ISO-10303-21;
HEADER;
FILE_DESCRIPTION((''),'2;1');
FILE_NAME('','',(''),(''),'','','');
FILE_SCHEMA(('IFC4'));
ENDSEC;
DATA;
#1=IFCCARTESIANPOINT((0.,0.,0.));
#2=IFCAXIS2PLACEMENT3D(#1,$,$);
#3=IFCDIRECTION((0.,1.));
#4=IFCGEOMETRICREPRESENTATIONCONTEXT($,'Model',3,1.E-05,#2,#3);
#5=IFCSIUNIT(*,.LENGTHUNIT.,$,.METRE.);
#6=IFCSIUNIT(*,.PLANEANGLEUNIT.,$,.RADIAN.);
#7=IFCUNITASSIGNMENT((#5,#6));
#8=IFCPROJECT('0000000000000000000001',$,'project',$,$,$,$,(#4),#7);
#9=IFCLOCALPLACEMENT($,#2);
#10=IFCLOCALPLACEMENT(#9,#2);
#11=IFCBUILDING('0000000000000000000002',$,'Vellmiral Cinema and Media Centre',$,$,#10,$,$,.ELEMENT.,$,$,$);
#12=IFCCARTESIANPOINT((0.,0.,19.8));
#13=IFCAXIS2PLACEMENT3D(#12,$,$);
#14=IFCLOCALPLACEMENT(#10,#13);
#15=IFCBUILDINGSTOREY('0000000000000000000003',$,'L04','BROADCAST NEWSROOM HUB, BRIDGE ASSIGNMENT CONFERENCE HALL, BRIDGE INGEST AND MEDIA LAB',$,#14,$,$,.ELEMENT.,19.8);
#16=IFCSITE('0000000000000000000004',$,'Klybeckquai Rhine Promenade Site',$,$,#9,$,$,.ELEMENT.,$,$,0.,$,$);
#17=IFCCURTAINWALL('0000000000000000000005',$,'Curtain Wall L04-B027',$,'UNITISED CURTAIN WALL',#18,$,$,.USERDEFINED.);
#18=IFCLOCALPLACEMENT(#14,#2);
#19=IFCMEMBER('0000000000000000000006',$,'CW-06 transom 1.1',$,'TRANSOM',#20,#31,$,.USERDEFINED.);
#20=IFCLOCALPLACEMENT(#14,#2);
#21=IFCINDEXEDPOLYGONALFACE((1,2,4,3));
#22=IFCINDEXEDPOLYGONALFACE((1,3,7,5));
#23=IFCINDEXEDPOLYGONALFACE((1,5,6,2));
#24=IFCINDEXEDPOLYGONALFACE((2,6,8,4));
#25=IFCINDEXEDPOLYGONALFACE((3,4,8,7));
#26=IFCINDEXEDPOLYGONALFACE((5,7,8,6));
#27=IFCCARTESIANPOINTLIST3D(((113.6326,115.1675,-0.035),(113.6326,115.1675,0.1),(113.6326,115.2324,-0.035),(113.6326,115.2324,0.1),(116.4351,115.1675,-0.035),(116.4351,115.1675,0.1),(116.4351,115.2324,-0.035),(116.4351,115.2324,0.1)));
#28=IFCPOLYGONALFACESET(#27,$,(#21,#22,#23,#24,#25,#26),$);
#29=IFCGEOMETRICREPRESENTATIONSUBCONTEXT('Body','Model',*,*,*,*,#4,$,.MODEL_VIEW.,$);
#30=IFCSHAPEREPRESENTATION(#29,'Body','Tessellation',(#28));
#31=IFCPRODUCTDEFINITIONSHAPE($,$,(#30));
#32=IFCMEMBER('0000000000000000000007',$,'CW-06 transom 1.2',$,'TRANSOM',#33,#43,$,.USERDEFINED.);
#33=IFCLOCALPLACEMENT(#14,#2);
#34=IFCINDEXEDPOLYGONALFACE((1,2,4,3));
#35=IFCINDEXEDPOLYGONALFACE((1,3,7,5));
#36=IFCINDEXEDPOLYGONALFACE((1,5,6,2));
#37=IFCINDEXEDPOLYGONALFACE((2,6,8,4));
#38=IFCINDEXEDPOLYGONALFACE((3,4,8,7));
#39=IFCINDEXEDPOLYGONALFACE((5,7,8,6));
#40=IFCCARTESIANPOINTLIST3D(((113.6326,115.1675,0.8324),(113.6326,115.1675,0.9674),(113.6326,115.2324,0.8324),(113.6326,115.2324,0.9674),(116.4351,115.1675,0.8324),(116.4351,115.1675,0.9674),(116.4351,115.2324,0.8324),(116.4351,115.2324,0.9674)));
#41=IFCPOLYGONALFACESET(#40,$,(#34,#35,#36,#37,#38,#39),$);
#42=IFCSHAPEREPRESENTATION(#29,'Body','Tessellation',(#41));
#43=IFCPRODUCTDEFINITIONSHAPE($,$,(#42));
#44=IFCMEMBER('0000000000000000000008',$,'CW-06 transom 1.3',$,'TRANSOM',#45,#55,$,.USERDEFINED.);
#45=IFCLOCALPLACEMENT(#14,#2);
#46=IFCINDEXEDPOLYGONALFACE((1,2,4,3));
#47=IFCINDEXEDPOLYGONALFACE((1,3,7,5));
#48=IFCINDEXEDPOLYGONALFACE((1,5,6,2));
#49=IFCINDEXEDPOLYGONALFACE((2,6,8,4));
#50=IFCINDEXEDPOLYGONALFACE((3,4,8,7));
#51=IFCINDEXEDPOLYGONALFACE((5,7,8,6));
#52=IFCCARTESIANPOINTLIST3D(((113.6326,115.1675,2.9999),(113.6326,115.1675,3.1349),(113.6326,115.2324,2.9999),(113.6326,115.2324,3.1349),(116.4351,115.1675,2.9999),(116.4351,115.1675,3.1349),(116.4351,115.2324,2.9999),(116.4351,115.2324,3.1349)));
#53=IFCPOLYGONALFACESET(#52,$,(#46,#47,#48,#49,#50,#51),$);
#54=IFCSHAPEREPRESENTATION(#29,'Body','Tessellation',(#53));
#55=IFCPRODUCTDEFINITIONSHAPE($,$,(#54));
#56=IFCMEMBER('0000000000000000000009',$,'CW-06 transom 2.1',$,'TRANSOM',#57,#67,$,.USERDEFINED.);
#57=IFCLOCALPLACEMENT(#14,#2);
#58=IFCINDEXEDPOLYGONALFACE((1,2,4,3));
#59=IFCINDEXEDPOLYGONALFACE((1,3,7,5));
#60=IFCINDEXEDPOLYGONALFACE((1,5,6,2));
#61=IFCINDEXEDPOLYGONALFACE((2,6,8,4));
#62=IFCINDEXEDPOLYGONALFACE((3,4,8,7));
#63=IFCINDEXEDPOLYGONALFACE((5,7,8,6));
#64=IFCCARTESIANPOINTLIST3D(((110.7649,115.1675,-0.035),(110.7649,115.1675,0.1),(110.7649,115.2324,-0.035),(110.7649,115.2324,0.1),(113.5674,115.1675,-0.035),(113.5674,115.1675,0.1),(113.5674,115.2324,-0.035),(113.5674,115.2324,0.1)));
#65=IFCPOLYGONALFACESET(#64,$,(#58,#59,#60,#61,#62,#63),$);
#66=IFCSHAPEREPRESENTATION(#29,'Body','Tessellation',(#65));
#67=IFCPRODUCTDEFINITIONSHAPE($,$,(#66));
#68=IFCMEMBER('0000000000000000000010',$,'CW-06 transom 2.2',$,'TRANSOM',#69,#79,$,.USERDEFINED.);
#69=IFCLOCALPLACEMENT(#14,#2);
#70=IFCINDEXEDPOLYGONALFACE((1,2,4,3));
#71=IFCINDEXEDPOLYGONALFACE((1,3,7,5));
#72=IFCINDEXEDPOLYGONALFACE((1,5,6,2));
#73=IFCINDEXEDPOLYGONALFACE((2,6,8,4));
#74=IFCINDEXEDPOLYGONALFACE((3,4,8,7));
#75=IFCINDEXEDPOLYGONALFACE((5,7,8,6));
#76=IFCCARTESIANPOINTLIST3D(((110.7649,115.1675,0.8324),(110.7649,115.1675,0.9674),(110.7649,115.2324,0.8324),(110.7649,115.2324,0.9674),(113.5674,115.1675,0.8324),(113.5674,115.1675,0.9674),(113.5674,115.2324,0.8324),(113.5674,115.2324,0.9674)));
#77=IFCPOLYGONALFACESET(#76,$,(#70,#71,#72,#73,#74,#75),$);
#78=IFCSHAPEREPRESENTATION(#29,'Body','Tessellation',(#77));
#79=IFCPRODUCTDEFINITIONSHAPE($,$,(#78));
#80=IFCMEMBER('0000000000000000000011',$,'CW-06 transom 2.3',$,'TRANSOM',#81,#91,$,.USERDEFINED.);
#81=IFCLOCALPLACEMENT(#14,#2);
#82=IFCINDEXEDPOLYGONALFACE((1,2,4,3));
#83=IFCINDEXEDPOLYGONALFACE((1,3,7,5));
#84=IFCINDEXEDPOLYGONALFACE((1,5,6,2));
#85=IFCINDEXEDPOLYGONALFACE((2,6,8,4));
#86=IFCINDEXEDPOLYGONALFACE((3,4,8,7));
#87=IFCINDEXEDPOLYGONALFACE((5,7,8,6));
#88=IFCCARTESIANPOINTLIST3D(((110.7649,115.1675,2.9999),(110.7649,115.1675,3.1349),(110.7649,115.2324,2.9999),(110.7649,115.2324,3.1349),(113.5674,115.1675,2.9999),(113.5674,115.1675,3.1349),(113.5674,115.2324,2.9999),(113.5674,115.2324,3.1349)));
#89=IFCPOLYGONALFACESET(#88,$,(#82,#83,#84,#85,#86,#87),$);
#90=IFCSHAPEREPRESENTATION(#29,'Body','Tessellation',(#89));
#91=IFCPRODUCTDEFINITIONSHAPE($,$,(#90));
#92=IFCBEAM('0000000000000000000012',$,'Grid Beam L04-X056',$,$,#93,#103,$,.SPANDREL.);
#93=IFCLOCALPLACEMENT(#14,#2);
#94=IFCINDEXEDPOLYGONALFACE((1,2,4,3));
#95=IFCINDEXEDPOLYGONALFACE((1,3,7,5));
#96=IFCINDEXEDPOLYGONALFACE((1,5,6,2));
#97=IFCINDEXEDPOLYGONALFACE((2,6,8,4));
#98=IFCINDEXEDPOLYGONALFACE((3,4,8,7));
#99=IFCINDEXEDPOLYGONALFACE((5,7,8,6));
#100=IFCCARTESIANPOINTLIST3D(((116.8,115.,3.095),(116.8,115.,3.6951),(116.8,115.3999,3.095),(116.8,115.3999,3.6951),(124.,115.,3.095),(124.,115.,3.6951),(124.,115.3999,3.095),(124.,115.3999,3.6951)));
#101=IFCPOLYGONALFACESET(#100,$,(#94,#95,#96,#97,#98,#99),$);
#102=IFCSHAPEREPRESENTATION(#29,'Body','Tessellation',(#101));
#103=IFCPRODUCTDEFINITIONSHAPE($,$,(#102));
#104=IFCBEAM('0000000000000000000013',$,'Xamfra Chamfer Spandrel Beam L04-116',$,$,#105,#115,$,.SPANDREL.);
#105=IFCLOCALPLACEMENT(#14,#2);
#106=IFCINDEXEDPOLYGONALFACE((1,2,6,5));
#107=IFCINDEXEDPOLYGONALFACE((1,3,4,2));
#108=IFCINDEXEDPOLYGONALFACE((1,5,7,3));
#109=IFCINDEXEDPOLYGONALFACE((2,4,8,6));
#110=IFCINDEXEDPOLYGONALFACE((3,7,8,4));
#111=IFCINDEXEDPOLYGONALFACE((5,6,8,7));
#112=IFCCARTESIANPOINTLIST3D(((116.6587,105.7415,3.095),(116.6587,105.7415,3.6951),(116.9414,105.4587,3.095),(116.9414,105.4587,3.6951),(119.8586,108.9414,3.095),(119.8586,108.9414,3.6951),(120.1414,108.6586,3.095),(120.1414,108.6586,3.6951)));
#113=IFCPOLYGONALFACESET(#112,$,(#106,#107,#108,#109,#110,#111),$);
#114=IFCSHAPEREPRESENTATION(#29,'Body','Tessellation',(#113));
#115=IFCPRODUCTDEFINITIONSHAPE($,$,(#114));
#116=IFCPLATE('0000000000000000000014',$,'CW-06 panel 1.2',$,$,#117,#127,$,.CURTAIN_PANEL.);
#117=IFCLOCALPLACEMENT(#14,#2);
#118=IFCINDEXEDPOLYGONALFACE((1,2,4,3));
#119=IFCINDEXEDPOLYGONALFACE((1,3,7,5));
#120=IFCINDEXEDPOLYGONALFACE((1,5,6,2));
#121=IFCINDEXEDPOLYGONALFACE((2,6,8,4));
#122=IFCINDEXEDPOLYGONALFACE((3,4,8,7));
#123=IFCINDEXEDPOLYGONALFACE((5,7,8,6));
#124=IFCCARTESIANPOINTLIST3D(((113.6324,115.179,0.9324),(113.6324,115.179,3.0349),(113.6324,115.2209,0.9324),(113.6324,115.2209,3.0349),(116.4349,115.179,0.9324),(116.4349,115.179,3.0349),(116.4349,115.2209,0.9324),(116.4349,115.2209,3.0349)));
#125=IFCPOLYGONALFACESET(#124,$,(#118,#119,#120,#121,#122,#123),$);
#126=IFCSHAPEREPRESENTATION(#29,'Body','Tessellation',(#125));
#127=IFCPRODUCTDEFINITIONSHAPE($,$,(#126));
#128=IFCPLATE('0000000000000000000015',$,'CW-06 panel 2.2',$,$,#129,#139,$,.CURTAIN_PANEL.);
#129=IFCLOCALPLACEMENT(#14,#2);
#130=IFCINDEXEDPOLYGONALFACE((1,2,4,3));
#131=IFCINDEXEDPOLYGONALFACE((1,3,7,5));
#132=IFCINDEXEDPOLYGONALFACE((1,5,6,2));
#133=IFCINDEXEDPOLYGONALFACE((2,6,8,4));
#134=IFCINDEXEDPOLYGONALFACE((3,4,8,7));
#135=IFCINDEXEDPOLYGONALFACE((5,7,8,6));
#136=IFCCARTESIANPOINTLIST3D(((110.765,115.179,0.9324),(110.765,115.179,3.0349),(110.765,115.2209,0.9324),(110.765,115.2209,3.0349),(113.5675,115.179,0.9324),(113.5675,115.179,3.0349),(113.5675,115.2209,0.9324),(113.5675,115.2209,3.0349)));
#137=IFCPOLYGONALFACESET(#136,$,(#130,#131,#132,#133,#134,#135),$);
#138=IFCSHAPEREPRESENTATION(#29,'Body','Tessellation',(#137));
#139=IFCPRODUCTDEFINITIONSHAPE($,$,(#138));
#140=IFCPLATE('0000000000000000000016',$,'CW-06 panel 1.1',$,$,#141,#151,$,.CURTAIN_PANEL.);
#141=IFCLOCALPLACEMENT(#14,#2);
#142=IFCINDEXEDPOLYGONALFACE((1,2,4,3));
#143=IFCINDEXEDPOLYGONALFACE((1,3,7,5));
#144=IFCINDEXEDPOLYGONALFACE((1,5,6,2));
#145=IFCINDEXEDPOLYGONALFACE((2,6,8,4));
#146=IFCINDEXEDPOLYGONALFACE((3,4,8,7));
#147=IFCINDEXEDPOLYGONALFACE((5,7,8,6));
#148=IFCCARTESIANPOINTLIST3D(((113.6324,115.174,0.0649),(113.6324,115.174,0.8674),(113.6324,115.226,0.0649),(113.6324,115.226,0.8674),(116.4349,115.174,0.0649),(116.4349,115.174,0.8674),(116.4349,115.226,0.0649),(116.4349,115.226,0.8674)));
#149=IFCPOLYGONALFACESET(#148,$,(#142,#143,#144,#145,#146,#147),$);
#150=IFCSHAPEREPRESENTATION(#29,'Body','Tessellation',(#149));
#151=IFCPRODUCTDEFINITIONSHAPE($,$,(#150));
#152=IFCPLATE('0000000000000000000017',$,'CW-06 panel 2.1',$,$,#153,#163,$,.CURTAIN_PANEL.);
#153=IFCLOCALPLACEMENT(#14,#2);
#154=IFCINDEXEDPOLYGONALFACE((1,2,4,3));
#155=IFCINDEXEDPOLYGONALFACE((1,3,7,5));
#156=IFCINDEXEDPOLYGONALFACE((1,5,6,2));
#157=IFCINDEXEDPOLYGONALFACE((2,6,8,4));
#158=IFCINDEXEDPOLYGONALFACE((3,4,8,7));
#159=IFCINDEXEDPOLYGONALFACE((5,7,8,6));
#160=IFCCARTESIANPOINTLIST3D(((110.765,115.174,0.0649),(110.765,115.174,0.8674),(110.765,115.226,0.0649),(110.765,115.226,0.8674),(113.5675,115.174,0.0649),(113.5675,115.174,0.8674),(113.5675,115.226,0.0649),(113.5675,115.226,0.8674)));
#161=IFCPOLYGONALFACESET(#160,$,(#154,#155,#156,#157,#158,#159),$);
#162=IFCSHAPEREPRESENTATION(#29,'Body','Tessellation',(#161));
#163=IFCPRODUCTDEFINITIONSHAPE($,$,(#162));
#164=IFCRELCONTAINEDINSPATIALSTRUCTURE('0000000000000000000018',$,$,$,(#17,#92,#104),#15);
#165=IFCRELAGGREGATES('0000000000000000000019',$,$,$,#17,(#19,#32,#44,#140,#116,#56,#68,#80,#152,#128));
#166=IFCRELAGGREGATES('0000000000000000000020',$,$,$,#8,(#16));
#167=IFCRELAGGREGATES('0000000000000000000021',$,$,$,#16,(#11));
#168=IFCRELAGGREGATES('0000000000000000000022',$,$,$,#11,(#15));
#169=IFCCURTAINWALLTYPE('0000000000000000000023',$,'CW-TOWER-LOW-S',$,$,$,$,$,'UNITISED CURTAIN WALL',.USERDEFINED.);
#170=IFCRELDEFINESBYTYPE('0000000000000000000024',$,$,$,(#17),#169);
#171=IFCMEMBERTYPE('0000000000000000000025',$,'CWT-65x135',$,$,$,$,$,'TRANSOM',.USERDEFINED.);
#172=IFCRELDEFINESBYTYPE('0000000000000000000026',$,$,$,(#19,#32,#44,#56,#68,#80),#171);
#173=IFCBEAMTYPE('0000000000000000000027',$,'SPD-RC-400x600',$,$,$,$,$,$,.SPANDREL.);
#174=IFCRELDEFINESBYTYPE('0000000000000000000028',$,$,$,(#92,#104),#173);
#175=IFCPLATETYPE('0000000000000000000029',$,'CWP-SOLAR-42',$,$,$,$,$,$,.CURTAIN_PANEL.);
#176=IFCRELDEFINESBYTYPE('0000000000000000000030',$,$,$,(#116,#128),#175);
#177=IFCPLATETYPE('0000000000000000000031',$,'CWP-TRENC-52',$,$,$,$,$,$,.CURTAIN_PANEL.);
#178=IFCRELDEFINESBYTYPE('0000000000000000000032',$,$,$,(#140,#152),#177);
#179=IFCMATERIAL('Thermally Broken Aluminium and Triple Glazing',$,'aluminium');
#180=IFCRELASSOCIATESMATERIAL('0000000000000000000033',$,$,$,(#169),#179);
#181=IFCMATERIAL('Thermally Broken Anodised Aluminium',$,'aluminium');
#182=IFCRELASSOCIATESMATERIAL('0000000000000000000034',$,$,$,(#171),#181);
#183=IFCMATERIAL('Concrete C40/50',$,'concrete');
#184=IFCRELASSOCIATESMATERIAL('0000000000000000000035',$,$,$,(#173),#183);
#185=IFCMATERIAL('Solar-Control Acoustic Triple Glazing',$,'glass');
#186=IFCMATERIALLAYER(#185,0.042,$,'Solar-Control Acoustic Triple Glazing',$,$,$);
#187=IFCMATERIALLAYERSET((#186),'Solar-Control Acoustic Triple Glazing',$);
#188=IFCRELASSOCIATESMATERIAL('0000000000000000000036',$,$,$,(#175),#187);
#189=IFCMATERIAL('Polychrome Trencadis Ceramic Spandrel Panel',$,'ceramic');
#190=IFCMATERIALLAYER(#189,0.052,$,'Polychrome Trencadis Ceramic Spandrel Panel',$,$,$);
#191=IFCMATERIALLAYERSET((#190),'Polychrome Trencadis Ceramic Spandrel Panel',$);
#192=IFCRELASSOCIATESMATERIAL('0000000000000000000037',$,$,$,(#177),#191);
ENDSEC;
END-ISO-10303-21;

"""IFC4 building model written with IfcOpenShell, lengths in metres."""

from ifc_helpers import new_model, si_unit, direction, frame, origin, origin_2d, place, context, subcontext, project, spatial, rectangle, extrude, material, layer, layer_set, material_profile, profile_set, type_object, element, aggregate, save


model = new_model("IFC4")

# Units and contexts
model_context = context("Model", 3, precision=1e-05, world=origin(), true_north=direction((0.0, 1.0)))
body_context = subcontext(model_context, "Body", "Model", "MODEL_VIEW")
ifc_project = project(units=[si_unit("LENGTHUNIT", "METRE"), si_unit("PLANEANGLEUNIT", "RADIAN")], contexts=[model_context])

# Site, building, storey
site_placement = place(None, origin())
site = spatial("IfcSite", under=ifc_project, at=site_placement, Name="Klybeckquai Rhine Promenade Site", CompositionType="ELEMENT", RefElevation=0.0)
building_placement = place(site_placement, origin())
building = spatial("IfcBuilding", under=site, at=building_placement, Name="Vellmiral Cinema and Media Centre", CompositionType="ELEMENT")
storey_placement = place(building_placement, frame((0.0, 0.0, 19.8)))
storey = spatial("IfcBuildingStorey", under=building, at=storey_placement, Name="L04", Description="BROADCAST NEWSROOM HUB, BRIDGE ASSIGNMENT CONFERENCE HALL, BRIDGE INGEST AND MEDIA LAB", CompositionType="ELEMENT", Elevation=19.8)

# Curtain wall, members
ifc_material_1 = material(Name="Thermally Broken Aluminium and Triple Glazing", Category="aluminium")
curtain_wall_type = type_object("IfcCurtainWallType", Name="CW-TOWER-LOW-S", ElementType="UNITISED CURTAIN WALL", PredefinedType="USERDEFINED", material=ifc_material_1)
curtain_wall_placement = place(storey_placement, origin())
curtain_wall = element("IfcCurtainWall", 1, at=curtain_wall_placement, inside=storey, type_object=curtain_wall_type, Name="Curtain Wall L04-B027", ObjectType="UNITISED CURTAIN WALL", PredefinedType="USERDEFINED")
ifc_material_2 = material(Name="Thermally Broken Anodised Aluminium", Category="aluminium")
ifc_material_profile_1 = material_profile(ifc_material_2, rectangle(XDim=0.0649, YDim=0.135, at=origin_2d()), Name="MULL 65x135")
ifc_profile_set_1 = profile_set([ifc_material_profile_1], Name="Thermally Broken Anodised Aluminium")
member_type_1 = type_object("IfcMemberType", Name="CWT-65x135", ElementType="TRANSOM", PredefinedType="USERDEFINED", material=ifc_profile_set_1)
member_1_placement = place(storey_placement, frame((116.4351, 115.2, 0.0325), z_axis=(-1.0, 0.0, 0.0), x_axis=(0.0, -1.0, 0.0)))
member_1 = element("IfcMember", 2, at=member_1_placement, type_object=member_type_1, Name="CW-06 transom 1.1", ObjectType="TRANSOM", PredefinedType="USERDEFINED", context=body_context, shape_type="SweptSolid", body=[
    extrude(rectangle(XDim=0.0649, YDim=0.135, at=origin_2d()), origin(), (0.0, 0.0, 1.0), 2.8025),
])
member_2_placement = place(storey_placement, frame((116.4351, 115.2, 0.8999), z_axis=(-1.0, 0.0, 0.0), x_axis=(0.0, -1.0, 0.0)))
member_2 = element("IfcMember", 3, at=member_2_placement, type_object=member_type_1, Name="CW-06 transom 1.2", ObjectType="TRANSOM", PredefinedType="USERDEFINED", context=body_context, shape_type="SweptSolid", body=[
    extrude(rectangle(XDim=0.0649, YDim=0.135, at=origin_2d()), origin(), (0.0, 0.0, 1.0), 2.8025),
])
member_3_placement = place(storey_placement, frame((116.4351, 115.2, 3.0674), z_axis=(-1.0, 0.0, 0.0), x_axis=(0.0, -1.0, 0.0)))
member_3 = element("IfcMember", 4, at=member_3_placement, type_object=member_type_1, Name="CW-06 transom 1.3", ObjectType="TRANSOM", PredefinedType="USERDEFINED", context=body_context, shape_type="SweptSolid", body=[
    extrude(rectangle(XDim=0.0649, YDim=0.135, at=origin_2d()), origin(), (0.0, 0.0, 1.0), 2.8025),
])
member_4_placement = place(storey_placement, frame((113.5674, 115.2, 0.0325), z_axis=(-1.0, 0.0, 0.0), x_axis=(0.0, -1.0, 0.0)))
member_4 = element("IfcMember", 5, at=member_4_placement, type_object=member_type_1, Name="CW-06 transom 2.1", ObjectType="TRANSOM", PredefinedType="USERDEFINED", context=body_context, shape_type="SweptSolid", body=[
    extrude(rectangle(XDim=0.0649, YDim=0.135, at=origin_2d()), origin(), (0.0, 0.0, 1.0), 2.8025),
])
member_5_placement = place(storey_placement, frame((113.5674, 115.2, 0.8999), z_axis=(-1.0, 0.0, 0.0), x_axis=(0.0, -1.0, 0.0)))
member_5 = element("IfcMember", 6, at=member_5_placement, type_object=member_type_1, Name="CW-06 transom 2.2", ObjectType="TRANSOM", PredefinedType="USERDEFINED", context=body_context, shape_type="SweptSolid", body=[
    extrude(rectangle(XDim=0.0649, YDim=0.135, at=origin_2d()), origin(), (0.0, 0.0, 1.0), 2.8025),
])
member_6_placement = place(storey_placement, frame((113.5674, 115.2, 3.0674), z_axis=(-1.0, 0.0, 0.0), x_axis=(0.0, -1.0, 0.0)))
member_6 = element("IfcMember", 7, at=member_6_placement, type_object=member_type_1, Name="CW-06 transom 2.3", ObjectType="TRANSOM", PredefinedType="USERDEFINED", context=body_context, shape_type="SweptSolid", body=[
    extrude(rectangle(XDim=0.0649, YDim=0.135, at=origin_2d()), origin(), (0.0, 0.0, 1.0), 2.8025),
])

# Beams
ifc_material_3 = material(Name="Concrete C40/50", Category="concrete")
ifc_material_profile_2 = material_profile(ifc_material_3, rectangle(XDim=0.3999, YDim=0.6001, at=origin_2d()), Name="RC 400x600")
ifc_profile_set_2 = profile_set([ifc_material_profile_2], Name="Concrete C40/50")
beam_type_1 = type_object("IfcBeamType", Name="SPD-RC-400x600", PredefinedType="SPANDREL", material=ifc_profile_set_2)
beam_1_placement = place(storey_placement, frame((116.8, 115.2, 3.395), z_axis=(1.0, 0.0, 0.0), x_axis=(0.0, 1.0, 0.0)))
element("IfcBeam", 8, at=beam_1_placement, inside=storey, type_object=beam_type_1, Name="Grid Beam L04-X056", PredefinedType="SPANDREL", context=body_context, shape_type="SweptSolid", body=[
    extrude(rectangle(XDim=0.3999, YDim=0.6001, at=origin_2d()), origin(), (0.0, 0.0, 1.0), 7.2),
])
beam_2_placement = place(storey_placement, frame((116.8, 105.6001, 3.395), z_axis=(0.707107, 0.707107, 0.0), x_axis=(-0.707107, 0.707107, 0.0)))
element("IfcBeam", 9, at=beam_2_placement, inside=storey, type_object=beam_type_1, Name="Xamfra Chamfer Spandrel Beam L04-116", PredefinedType="SPANDREL", context=body_context, shape_type="SweptSolid", body=[
    extrude(rectangle(XDim=0.3999, YDim=0.6001, at=origin_2d()), origin(), (0.0, 0.0, 1.0), 4.5254),
])

# Plates
ifc_material_4 = material(Name="Solar-Control Acoustic Triple Glazing", Category="glass")
ifc_layer_1 = layer(ifc_material_4, 0.042, Name="Solar-Control Acoustic Triple Glazing")
ifc_layer_set_1 = layer_set([ifc_layer_1], Name="Solar-Control Acoustic Triple Glazing")
plate_type_1 = type_object("IfcPlateType", Name="CWP-SOLAR-42", PredefinedType="CURTAIN_PANEL", material=ifc_layer_set_1)
plate_1_placement = place(storey_placement, frame((115.0337, 115.2, 0.9324), z_axis=(0.0, 0.0, 1.0), x_axis=(-1.0, 0.0, 0.0)))
plate_1 = element("IfcPlate", 10, at=plate_1_placement, type_object=plate_type_1, Name="CW-06 panel 1.2", PredefinedType="CURTAIN_PANEL", context=body_context, shape_type="SweptSolid", body=[
    extrude(rectangle(XDim=2.8025, YDim=0.042, at=origin_2d()), origin(), (0.0, 0.0, 1.0), 2.1025),
])
plate_2_placement = place(storey_placement, frame((112.1663, 115.2, 0.9324), z_axis=(0.0, 0.0, 1.0), x_axis=(-1.0, 0.0, 0.0)))
plate_2 = element("IfcPlate", 11, at=plate_2_placement, type_object=plate_type_1, Name="CW-06 panel 2.2", PredefinedType="CURTAIN_PANEL", context=body_context, shape_type="SweptSolid", body=[
    extrude(rectangle(XDim=2.8025, YDim=0.042, at=origin_2d()), origin(), (0.0, 0.0, 1.0), 2.1025),
])
ifc_material_5 = material(Name="Polychrome Trencadis Ceramic Spandrel Panel", Category="ceramic")
ifc_layer_2 = layer(ifc_material_5, 0.052, Name="Polychrome Trencadis Ceramic Spandrel Panel")
ifc_layer_set_2 = layer_set([ifc_layer_2], Name="Polychrome Trencadis Ceramic Spandrel Panel")
plate_type_2 = type_object("IfcPlateType", Name="CWP-TRENC-52", PredefinedType="CURTAIN_PANEL", material=ifc_layer_set_2)
plate_3_placement = place(storey_placement, frame((115.0337, 115.2, 0.0649), z_axis=(0.0, 0.0, 1.0), x_axis=(-1.0, 0.0, 0.0)))
plate_3 = element("IfcPlate", 12, at=plate_3_placement, type_object=plate_type_2, Name="CW-06 panel 1.1", PredefinedType="CURTAIN_PANEL", context=body_context, shape_type="SweptSolid", body=[
    extrude(rectangle(XDim=2.8025, YDim=0.052, at=origin_2d()), origin(), (0.0, 0.0, 1.0), 0.8025),
])
plate_4_placement = place(storey_placement, frame((112.1663, 115.2, 0.0649), z_axis=(0.0, 0.0, 1.0), x_axis=(-1.0, 0.0, 0.0)))
plate_4 = element("IfcPlate", 13, at=plate_4_placement, type_object=plate_type_2, Name="CW-06 panel 2.1", PredefinedType="CURTAIN_PANEL", context=body_context, shape_type="SweptSolid", body=[
    extrude(rectangle(XDim=2.8025, YDim=0.052, at=origin_2d()), origin(), (0.0, 0.0, 1.0), 0.8025),
])
aggregate(curtain_wall, [member_1, member_2, member_3, plate_3, plate_1, member_4, member_5, member_6, plate_4, plate_2])

save(model, "model.ifc")
